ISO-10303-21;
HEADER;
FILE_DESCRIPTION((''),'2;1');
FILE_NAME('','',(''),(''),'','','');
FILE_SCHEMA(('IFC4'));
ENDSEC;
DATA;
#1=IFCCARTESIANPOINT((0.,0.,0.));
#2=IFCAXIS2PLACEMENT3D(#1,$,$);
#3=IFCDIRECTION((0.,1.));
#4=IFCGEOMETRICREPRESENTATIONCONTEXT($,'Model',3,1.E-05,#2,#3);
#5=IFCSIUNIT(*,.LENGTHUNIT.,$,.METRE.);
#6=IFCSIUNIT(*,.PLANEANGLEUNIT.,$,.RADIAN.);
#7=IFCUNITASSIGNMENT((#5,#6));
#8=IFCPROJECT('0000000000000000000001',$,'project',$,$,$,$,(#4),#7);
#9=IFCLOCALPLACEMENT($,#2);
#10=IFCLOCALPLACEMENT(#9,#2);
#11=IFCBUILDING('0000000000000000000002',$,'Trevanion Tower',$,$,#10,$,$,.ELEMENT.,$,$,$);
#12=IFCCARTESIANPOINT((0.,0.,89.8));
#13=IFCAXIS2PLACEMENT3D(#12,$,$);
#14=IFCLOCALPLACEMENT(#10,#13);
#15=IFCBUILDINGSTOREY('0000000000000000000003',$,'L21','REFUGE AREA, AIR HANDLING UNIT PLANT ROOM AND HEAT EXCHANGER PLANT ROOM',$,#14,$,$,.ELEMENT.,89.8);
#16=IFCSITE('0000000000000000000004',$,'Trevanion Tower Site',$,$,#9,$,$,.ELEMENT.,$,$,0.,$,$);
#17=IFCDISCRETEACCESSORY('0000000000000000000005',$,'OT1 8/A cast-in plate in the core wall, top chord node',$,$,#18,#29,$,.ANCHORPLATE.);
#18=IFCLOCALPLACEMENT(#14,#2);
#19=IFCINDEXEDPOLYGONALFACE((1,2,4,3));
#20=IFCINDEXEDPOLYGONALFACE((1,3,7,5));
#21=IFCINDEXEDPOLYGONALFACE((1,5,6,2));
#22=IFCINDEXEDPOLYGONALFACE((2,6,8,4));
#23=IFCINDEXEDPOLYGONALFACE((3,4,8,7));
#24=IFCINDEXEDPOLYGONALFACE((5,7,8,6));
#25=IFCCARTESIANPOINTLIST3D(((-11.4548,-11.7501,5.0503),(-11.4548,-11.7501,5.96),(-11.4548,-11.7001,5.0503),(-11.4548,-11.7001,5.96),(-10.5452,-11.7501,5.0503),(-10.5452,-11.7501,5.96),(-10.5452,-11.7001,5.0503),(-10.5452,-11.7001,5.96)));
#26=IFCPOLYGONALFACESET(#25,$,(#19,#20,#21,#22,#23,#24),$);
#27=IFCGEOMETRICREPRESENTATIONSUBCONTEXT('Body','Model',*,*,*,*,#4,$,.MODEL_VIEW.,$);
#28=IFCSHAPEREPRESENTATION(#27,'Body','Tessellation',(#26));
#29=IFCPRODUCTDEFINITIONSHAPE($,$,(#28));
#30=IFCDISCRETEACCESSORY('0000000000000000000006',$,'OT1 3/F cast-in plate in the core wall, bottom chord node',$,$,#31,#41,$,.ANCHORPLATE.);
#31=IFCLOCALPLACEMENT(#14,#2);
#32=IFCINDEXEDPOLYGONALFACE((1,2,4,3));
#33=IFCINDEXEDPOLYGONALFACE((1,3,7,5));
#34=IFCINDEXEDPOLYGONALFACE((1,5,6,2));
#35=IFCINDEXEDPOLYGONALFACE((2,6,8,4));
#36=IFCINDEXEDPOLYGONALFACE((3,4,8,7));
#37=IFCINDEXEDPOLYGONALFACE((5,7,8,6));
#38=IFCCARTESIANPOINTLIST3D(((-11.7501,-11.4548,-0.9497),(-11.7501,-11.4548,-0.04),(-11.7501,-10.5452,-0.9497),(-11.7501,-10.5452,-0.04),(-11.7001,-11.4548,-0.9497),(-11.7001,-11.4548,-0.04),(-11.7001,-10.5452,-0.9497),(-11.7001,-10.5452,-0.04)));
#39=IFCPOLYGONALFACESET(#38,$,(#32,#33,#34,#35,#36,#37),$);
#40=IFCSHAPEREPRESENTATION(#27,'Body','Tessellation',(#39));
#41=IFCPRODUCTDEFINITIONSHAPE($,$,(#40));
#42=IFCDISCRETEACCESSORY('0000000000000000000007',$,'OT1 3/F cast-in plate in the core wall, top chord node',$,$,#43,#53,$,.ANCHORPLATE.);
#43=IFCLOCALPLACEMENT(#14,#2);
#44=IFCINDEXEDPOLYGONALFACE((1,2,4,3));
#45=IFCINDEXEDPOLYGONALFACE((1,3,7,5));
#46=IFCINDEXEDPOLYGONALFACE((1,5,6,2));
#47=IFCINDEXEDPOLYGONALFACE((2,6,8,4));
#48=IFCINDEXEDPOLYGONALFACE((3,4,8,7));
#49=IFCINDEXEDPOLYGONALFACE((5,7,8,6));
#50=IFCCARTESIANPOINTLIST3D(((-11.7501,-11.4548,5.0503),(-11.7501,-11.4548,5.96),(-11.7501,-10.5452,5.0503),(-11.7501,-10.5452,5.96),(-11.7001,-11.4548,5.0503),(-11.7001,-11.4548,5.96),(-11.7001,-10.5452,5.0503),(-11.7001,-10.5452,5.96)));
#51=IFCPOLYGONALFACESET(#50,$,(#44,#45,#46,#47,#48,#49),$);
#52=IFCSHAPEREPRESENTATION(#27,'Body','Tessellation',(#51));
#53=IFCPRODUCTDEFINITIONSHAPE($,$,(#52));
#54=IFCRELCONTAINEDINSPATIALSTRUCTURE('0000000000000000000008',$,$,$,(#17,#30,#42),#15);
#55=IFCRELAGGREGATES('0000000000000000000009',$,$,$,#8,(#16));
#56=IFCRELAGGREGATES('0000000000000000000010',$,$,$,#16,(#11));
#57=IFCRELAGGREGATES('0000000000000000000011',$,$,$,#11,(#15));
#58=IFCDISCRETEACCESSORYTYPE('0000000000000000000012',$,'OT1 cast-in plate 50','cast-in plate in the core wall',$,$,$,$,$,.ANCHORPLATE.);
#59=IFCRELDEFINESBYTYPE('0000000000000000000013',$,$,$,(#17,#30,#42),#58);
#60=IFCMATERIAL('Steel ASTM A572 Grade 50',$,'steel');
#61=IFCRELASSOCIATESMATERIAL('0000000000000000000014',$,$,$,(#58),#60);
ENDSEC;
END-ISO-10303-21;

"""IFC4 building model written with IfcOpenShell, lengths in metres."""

from ifc_helpers import new_model, si_unit, direction, frame, origin, origin_2d, place, context, subcontext, project, spatial, rectangle, extrude, material, type_object, element, save


model = new_model("IFC4")

# Units and contexts
model_context = context("Model", 3, precision=1e-05, world=origin(), true_north=direction((0.0, 1.0)))
body_context = subcontext(model_context, "Body", "Model", "MODEL_VIEW")
ifc_project = project(units=[si_unit("LENGTHUNIT", "METRE"), si_unit("PLANEANGLEUNIT", "RADIAN")], contexts=[model_context])

# Site, building, storey
site_placement = place(None, origin())
site = spatial("IfcSite", under=ifc_project, at=site_placement, Name="Trevanion Tower Site", CompositionType="ELEMENT", RefElevation=0.0)
building_placement = place(site_placement, origin())
building = spatial("IfcBuilding", under=site, at=building_placement, Name="Trevanion Tower", CompositionType="ELEMENT")
storey_placement = place(building_placement, frame((0.0, 0.0, 89.8)))
storey = spatial("IfcBuildingStorey", under=building, at=storey_placement, Name="L21", Description="REFUGE AREA, AIR HANDLING UNIT PLANT ROOM AND HEAT EXCHANGER PLANT ROOM", CompositionType="ELEMENT", Elevation=89.8)

# Discrete accessories
ifc_material_1 = material(Name="Steel ASTM A572 Grade 50", Category="steel")
discrete_accessory_type = type_object("IfcDiscreteAccessoryType", Name="OT1 cast-in plate 50", Description="cast-in plate in the core wall", PredefinedType="ANCHORPLATE", material=ifc_material_1)
for number, where, z_axis, x_axis, name in (
    (1, (-11.0, -11.7251, 5.0503), (0.0, 0.0, 1.0), (0.0, -1.0, 0.0), "OT1 8/A cast-in plate in the core wall, top chord node"),
    (2, (-11.7251, -11.0, -0.9497), (0.0, 0.0, 1.0), (-1.0, 0.0, 0.0), "OT1 3/F cast-in plate in the core wall, bottom chord node"),
    (3, (-11.7251, -11.0, 5.0503), (0.0, 0.0, 1.0), (-1.0, 0.0, 0.0), "OT1 3/F cast-in plate in the core wall, top chord node"),
):
    element("IfcDiscreteAccessory", number, at=place(storey_placement, frame(where, z_axis=z_axis, x_axis=x_axis)), inside=storey, type_object=discrete_accessory_type, Name=name, PredefinedType="ANCHORPLATE", context=body_context, shape_type="SweptSolid", body=[
        extrude(rectangle(XDim=0.05, YDim=0.9097, at=origin_2d()), origin(), (0.0, 0.0, 1.0), 0.9097),
    ])

save(model, "model.ifc")
